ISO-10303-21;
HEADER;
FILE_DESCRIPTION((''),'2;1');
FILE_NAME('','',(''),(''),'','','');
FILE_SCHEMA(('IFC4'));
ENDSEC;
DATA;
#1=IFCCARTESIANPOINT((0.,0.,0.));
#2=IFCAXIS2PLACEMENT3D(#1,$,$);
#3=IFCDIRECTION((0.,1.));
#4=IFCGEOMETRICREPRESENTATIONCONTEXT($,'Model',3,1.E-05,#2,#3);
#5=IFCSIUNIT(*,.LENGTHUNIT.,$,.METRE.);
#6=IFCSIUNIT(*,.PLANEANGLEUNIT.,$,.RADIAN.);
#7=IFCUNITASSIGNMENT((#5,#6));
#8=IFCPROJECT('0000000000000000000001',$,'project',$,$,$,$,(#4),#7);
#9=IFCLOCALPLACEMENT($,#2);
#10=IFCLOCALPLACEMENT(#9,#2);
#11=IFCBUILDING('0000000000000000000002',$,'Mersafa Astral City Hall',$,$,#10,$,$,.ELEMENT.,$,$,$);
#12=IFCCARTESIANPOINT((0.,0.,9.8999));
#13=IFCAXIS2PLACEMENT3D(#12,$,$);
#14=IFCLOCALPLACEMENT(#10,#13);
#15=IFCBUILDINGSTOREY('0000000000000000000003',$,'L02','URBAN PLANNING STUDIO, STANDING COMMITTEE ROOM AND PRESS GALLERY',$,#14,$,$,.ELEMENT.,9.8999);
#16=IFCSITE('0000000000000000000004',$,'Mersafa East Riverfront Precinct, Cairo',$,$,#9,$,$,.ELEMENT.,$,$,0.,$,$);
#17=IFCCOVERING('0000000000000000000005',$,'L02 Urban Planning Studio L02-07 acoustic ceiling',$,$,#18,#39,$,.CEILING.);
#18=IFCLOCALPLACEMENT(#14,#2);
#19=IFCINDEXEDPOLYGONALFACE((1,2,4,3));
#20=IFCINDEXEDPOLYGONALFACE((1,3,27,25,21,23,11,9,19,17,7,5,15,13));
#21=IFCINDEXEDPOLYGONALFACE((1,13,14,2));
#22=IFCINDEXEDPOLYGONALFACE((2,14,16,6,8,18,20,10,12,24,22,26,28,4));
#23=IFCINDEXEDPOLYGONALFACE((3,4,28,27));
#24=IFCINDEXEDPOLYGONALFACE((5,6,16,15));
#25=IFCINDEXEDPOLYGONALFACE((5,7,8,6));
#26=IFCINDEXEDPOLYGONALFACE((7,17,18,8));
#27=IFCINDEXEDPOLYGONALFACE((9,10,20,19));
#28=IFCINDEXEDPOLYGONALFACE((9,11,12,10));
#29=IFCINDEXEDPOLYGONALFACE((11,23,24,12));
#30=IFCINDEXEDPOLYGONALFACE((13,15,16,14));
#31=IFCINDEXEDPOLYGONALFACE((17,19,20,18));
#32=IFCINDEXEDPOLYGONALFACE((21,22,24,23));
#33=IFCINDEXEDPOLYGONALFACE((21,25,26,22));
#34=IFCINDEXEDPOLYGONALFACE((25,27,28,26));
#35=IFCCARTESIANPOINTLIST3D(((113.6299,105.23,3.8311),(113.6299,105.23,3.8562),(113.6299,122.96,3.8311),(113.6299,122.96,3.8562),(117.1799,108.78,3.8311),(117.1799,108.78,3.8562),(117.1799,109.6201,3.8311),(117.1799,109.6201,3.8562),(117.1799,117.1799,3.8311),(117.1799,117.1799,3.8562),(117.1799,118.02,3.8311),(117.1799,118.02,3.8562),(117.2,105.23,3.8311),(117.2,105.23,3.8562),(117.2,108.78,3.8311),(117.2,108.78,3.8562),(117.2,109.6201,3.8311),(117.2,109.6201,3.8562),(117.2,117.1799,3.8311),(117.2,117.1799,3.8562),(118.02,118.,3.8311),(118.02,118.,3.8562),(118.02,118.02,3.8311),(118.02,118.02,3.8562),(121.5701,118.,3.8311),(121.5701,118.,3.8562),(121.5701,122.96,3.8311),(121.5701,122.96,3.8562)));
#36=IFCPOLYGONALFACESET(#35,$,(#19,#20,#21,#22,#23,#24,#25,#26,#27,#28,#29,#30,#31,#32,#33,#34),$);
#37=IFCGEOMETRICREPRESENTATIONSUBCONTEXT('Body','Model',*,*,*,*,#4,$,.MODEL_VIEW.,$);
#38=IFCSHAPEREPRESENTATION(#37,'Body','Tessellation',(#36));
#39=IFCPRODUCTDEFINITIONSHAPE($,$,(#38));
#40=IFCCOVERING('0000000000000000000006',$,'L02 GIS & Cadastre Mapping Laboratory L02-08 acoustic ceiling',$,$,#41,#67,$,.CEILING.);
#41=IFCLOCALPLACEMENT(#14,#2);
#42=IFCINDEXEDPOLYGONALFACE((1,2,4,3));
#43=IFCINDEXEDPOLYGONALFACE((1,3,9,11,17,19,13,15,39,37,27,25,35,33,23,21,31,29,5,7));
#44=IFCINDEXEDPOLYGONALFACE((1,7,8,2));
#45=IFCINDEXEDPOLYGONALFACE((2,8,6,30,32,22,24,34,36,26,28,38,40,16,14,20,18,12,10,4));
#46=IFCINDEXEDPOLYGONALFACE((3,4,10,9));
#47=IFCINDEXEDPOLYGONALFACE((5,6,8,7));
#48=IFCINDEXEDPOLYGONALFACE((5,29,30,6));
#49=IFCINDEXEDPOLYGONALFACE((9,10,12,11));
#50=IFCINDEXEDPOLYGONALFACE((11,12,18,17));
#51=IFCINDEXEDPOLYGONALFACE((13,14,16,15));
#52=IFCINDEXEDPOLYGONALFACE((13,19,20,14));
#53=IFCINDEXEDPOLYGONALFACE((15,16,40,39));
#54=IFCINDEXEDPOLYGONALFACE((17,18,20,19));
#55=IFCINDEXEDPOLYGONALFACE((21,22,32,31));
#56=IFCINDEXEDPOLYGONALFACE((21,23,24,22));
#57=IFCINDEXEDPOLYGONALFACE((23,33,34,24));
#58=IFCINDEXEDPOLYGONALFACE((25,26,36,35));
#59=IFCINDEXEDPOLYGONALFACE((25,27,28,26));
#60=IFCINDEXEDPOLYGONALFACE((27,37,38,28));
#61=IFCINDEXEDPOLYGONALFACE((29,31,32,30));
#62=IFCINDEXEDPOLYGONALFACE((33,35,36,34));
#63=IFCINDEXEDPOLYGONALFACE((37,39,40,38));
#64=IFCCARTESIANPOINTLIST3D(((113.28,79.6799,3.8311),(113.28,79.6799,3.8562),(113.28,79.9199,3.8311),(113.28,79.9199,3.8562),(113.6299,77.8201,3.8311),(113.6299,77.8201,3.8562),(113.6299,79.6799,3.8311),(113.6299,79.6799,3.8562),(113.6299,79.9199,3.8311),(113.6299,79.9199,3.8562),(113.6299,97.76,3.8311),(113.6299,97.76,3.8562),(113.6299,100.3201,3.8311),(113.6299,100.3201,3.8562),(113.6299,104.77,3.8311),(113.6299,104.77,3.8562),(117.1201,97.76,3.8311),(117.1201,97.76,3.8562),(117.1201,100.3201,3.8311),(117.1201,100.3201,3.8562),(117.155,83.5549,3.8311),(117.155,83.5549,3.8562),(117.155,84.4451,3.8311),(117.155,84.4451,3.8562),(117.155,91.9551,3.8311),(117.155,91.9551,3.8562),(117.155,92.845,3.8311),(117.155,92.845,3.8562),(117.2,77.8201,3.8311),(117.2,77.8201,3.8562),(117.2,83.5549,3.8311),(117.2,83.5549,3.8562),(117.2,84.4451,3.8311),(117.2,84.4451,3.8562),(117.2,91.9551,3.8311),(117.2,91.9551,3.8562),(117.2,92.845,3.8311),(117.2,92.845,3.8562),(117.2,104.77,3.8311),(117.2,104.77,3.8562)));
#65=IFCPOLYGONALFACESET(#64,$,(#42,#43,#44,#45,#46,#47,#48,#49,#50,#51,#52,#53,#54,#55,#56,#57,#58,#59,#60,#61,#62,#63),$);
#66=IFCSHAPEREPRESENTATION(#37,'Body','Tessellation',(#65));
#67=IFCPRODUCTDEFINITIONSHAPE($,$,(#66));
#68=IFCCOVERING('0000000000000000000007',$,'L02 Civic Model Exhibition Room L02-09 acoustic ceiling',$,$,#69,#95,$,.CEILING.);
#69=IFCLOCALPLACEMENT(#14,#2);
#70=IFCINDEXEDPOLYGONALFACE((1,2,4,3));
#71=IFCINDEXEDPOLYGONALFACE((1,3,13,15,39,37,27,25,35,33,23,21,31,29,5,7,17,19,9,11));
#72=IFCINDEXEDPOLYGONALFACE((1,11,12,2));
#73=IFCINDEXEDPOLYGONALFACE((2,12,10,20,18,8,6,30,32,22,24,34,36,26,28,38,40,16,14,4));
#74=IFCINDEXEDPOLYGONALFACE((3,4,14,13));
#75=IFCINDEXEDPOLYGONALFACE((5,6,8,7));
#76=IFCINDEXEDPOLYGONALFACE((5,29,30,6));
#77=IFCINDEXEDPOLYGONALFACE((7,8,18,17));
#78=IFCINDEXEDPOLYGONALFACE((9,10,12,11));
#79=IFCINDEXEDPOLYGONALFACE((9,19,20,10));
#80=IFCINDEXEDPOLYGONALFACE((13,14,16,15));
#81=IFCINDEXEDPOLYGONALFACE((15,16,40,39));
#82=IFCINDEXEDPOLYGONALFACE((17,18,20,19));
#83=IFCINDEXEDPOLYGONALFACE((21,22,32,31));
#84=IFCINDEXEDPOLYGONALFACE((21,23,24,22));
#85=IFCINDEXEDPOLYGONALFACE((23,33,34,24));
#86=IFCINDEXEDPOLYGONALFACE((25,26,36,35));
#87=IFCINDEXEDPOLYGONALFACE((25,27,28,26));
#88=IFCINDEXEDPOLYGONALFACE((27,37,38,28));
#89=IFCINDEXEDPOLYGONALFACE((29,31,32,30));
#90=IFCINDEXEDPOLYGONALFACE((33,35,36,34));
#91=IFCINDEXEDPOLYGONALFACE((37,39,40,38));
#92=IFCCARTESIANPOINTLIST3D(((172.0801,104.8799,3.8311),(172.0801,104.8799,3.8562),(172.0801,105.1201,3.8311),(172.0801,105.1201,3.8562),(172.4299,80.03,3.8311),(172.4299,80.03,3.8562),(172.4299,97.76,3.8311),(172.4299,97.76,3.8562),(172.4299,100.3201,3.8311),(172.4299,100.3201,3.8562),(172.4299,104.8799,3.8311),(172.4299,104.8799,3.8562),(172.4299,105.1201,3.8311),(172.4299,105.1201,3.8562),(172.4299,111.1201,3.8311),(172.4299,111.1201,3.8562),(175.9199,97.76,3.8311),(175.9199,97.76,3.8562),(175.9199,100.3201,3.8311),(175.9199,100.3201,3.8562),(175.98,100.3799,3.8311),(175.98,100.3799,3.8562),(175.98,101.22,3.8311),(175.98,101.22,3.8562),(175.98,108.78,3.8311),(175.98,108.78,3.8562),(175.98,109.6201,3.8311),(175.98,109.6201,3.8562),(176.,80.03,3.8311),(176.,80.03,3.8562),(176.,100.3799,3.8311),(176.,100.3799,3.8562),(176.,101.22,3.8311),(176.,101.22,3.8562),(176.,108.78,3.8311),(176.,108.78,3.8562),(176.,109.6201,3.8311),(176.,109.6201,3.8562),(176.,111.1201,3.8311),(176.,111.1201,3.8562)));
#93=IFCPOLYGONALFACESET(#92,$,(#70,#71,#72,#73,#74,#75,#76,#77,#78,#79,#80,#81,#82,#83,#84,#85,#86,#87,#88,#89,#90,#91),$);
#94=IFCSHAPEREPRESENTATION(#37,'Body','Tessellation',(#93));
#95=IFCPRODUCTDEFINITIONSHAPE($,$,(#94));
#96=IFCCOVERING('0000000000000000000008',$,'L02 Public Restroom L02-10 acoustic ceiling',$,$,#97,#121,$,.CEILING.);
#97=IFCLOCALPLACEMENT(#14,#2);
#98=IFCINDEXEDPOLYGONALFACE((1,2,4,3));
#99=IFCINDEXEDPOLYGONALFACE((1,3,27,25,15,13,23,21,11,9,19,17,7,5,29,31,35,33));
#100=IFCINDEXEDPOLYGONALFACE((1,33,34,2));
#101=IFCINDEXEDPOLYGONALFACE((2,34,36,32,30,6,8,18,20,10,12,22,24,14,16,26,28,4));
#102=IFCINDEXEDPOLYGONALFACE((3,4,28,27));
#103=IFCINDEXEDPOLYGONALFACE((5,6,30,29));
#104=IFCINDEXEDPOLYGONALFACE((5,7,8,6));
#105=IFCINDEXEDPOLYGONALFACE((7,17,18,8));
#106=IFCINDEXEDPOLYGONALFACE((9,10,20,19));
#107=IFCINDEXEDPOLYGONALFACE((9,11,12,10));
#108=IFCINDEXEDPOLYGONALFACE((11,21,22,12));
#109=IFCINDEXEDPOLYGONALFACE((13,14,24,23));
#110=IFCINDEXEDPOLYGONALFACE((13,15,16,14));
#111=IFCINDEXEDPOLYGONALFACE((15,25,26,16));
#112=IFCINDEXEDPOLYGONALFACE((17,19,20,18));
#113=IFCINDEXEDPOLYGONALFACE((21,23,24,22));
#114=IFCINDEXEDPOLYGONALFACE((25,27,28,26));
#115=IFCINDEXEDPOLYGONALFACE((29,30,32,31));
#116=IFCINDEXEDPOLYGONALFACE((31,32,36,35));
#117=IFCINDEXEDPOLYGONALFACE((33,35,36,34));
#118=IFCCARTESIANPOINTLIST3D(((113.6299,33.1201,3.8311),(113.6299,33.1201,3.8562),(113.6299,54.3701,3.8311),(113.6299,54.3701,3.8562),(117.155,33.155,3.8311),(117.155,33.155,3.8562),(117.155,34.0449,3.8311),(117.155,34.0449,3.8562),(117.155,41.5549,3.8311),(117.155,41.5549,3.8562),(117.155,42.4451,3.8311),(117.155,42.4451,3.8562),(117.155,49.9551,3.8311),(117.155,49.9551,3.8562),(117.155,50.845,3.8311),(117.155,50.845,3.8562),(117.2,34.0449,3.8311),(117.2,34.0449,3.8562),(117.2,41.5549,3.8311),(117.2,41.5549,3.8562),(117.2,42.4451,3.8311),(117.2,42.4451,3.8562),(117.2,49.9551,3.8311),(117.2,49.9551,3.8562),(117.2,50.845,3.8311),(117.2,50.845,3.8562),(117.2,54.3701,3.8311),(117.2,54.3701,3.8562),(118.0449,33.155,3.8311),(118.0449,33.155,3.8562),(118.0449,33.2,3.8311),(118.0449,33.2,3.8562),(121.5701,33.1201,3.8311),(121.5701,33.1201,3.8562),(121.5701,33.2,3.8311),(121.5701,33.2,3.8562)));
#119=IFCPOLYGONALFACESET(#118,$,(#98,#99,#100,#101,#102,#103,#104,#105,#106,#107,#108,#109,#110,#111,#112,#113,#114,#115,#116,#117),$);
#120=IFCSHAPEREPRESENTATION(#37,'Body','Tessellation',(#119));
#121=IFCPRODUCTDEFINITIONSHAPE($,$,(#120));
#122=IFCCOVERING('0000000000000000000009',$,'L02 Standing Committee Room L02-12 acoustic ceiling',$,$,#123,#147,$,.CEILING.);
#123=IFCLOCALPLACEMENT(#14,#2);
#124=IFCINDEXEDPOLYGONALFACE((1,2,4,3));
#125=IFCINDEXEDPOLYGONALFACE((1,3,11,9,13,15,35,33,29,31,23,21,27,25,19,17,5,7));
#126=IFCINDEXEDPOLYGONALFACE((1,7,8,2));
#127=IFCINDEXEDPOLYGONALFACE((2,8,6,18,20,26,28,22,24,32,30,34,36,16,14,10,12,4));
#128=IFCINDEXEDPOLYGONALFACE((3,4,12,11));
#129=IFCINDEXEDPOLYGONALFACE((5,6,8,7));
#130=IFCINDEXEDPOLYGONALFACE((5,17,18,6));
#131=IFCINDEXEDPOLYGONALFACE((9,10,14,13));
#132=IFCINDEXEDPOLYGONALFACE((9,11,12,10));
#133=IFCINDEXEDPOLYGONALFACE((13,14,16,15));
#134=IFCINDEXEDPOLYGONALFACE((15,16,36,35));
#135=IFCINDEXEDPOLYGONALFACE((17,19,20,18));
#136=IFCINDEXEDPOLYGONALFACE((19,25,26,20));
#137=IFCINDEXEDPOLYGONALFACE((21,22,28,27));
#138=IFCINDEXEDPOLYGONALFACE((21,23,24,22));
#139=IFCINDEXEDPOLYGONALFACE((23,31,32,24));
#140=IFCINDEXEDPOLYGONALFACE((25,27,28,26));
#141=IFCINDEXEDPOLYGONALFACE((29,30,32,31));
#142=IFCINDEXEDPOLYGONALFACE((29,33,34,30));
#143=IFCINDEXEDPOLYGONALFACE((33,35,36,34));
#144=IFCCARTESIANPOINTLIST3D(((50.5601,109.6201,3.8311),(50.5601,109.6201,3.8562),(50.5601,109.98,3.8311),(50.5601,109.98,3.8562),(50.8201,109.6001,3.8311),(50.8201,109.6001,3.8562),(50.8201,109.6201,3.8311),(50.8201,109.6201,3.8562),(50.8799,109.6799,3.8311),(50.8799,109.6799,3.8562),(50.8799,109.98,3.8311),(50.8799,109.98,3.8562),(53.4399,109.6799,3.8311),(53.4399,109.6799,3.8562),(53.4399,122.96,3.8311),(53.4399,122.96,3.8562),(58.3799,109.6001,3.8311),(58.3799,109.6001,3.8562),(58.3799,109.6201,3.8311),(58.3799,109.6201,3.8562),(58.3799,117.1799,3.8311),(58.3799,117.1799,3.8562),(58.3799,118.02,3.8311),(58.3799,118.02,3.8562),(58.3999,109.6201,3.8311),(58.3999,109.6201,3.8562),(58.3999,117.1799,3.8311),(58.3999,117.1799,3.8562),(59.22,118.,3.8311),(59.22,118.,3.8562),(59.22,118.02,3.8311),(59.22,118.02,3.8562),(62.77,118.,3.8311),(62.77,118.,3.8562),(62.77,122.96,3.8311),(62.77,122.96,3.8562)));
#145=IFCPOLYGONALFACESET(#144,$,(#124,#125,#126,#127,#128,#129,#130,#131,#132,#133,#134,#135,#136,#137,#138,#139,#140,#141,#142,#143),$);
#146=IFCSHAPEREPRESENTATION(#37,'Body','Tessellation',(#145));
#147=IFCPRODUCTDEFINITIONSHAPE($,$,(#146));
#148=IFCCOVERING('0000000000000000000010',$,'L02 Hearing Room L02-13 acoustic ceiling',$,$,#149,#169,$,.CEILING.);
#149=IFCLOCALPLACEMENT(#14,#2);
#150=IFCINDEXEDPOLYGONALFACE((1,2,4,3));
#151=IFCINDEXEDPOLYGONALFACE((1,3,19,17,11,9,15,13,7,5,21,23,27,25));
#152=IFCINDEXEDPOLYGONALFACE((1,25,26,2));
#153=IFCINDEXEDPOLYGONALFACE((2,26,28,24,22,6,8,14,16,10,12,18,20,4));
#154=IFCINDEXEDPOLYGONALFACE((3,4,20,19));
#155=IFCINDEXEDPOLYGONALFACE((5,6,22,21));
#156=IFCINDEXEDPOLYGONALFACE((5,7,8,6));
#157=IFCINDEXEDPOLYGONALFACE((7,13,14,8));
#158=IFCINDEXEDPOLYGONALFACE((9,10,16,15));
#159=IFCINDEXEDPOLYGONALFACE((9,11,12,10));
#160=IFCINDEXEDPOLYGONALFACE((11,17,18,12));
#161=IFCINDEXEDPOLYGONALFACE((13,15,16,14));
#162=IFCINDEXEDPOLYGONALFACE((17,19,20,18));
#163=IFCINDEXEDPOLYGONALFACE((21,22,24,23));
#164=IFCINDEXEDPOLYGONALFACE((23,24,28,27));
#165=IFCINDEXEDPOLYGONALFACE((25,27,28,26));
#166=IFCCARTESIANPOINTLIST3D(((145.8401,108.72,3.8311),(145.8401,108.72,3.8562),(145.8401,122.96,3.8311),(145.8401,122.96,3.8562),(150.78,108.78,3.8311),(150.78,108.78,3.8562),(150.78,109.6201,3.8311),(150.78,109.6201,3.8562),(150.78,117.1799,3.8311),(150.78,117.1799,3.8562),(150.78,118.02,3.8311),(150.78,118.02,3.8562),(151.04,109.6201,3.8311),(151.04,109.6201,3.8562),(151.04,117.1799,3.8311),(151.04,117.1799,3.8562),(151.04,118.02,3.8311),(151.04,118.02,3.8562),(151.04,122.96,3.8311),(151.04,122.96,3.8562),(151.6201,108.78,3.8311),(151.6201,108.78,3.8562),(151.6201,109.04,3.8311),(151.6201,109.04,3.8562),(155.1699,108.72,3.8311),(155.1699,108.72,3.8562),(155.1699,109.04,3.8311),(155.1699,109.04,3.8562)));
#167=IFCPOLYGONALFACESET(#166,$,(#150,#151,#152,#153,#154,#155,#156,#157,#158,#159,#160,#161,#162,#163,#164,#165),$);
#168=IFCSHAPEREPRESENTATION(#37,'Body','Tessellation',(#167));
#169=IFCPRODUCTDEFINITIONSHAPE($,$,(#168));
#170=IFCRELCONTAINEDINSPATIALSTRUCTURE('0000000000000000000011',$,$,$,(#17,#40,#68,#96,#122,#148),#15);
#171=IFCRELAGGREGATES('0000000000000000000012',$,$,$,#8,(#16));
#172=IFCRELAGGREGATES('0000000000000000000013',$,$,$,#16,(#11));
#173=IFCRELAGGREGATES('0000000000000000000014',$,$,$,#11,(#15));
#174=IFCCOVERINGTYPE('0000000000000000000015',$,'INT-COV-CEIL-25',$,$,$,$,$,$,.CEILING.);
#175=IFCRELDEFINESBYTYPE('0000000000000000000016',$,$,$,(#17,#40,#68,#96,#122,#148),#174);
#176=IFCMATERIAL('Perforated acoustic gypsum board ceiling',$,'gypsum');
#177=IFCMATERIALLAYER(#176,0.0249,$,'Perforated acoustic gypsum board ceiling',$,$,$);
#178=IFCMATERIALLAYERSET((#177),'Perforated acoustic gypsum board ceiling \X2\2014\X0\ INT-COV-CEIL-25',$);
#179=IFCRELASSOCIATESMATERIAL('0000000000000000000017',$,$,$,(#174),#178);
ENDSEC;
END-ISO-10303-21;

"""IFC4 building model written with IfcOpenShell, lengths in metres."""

from ifc_helpers import new_model, si_unit, direction, frame, origin, place, context, subcontext, project, spatial, polyline, outline, extrude, material, layer, layer_set, type_object, element, save


model = new_model("IFC4")

# Units and contexts
model_context = context("Model", 3, precision=1e-05, world=origin(), true_north=direction((0.0, 1.0)))
body_context = subcontext(model_context, "Body", "Model", "MODEL_VIEW")
ifc_project = project(units=[si_unit("LENGTHUNIT", "METRE"), si_unit("PLANEANGLEUNIT", "RADIAN")], contexts=[model_context])

# Site, building, storey
site_placement = place(None, origin())
site = spatial("IfcSite", under=ifc_project, at=site_placement, Name="Mersafa East Riverfront Precinct, Cairo", CompositionType="ELEMENT", RefElevation=0.0)
building_placement = place(site_placement, origin())
building = spatial("IfcBuilding", under=site, at=building_placement, Name="Mersafa Astral City Hall", CompositionType="ELEMENT")
storey_placement = place(building_placement, frame((0.0, 0.0, 9.8999)))
storey = spatial("IfcBuildingStorey", under=building, at=storey_placement, Name="L02", Description="URBAN PLANNING STUDIO, STANDING COMMITTEE ROOM AND PRESS GALLERY", CompositionType="ELEMENT", Elevation=9.8999)

# Coverings
ifc_material_1 = material(Name="Perforated acoustic gypsum board ceiling", Category="gypsum")
ifc_layer_1 = layer(ifc_material_1, 0.0249, Name="Perforated acoustic gypsum board ceiling")
ifc_layer_set_1 = layer_set([ifc_layer_1], Name="Perforated acoustic gypsum board ceiling — INT-COV-CEIL-25")
covering_type_1 = type_object("IfcCoveringType", Name="INT-COV-CEIL-25", PredefinedType="CEILING", material=ifc_layer_set_1)
covering_1_placement = place(storey_placement, frame((0.0, 0.0, 3.8311)))
element("IfcCovering", 1, at=covering_1_placement, inside=storey, type_object=covering_type_1, Name="L02 Urban Planning Studio L02-07 acoustic ceiling", PredefinedType="CEILING", context=body_context, shape_type="SweptSolid", body=[
    extrude(outline(polyline([(113.6299, 122.96), (121.5701, 122.96), (121.5701, 118.0), (118.02, 118.0), (118.02, 118.02), (117.1799, 118.02), (117.1799, 117.1799), (117.2, 117.1799), (117.2, 109.6201), (117.1799, 109.6201), (117.1799, 108.78), (117.2, 108.78), (117.2, 105.23), (113.6299, 105.23), (113.6299, 122.96)])), origin(), (0.0, 0.0, 1.0), 0.0251),
])
covering_2_placement = place(storey_placement, frame((0.0, 0.0, 3.8311)))
element("IfcCovering", 2, at=covering_2_placement, inside=storey, type_object=covering_type_1, Name="L02 GIS & Cadastre Mapping Laboratory L02-08 acoustic ceiling", PredefinedType="CEILING", context=body_context, shape_type="SweptSolid", body=[
    extrude(outline(polyline([(113.28, 79.9199), (113.6299, 79.9199), (113.6299, 97.76), (117.1201, 97.76), (117.1201, 100.3201), (113.6299, 100.3201), (113.6299, 104.77), (117.2, 104.77), (117.2, 92.845), (117.155, 92.845), (117.155, 91.9551), (117.2, 91.9551), (117.2, 84.4451), (117.155, 84.4451), (117.155, 83.5549), (117.2, 83.5549), (117.2, 77.8201), (113.6299, 77.8201), (113.6299, 79.6799), (113.28, 79.6799), (113.28, 79.9199)])), origin(), (0.0, 0.0, 1.0), 0.0251),
])
covering_3_placement = place(storey_placement, frame((0.0, 0.0, 3.8311)))
element("IfcCovering", 3, at=covering_3_placement, inside=storey, type_object=covering_type_1, Name="L02 Civic Model Exhibition Room L02-09 acoustic ceiling", PredefinedType="CEILING", context=body_context, shape_type="SweptSolid", body=[
    extrude(outline(polyline([(175.9199, 100.3201), (172.4299, 100.3201), (172.4299, 104.8799), (172.0801, 104.8799), (172.0801, 105.1201), (172.4299, 105.1201), (172.4299, 111.1201), (176.0, 111.1201), (176.0, 109.6201), (175.98, 109.6201), (175.98, 108.78), (176.0, 108.78), (176.0, 101.22), (175.98, 101.22), (175.98, 100.3799), (176.0, 100.3799), (176.0, 80.03), (172.4299, 80.03), (172.4299, 97.76), (175.9199, 97.76), (175.9199, 100.3201)])), origin(), (0.0, 0.0, 1.0), 0.0251),
])
covering_4_placement = place(storey_placement, frame((0.0, 0.0, 3.8311)))
element("IfcCovering", 4, at=covering_4_placement, inside=storey, type_object=covering_type_1, Name="L02 Public Restroom L02-10 acoustic ceiling", PredefinedType="CEILING", context=body_context, shape_type="SweptSolid", body=[
    extrude(outline(polyline([(117.2, 54.3701), (117.2, 50.845), (117.155, 50.845), (117.155, 49.9551), (117.2, 49.9551), (117.2, 42.4451), (117.155, 42.4451), (117.155, 41.5549), (117.2, 41.5549), (117.2, 34.0449), (117.155, 34.0449), (117.155, 33.155), (118.0449, 33.155), (118.0449, 33.2), (121.5701, 33.2), (121.5701, 33.1201), (113.6299, 33.1201), (113.6299, 54.3701), (117.2, 54.3701)])), origin(), (0.0, 0.0, 1.0), 0.0251),
])
covering_5_placement = place(storey_placement, frame((0.0, 0.0, 3.8311)))
element("IfcCovering", 5, at=covering_5_placement, inside=storey, type_object=covering_type_1, Name="L02 Standing Committee Room L02-12 acoustic ceiling", PredefinedType="CEILING", context=body_context, shape_type="SweptSolid", body=[
    extrude(outline(polyline([(50.8201, 109.6201), (50.5601, 109.6201), (50.5601, 109.98), (50.8799, 109.98), (50.8799, 109.6799), (53.4399, 109.6799), (53.4399, 122.96), (62.77, 122.96), (62.77, 118.0), (59.22, 118.0), (59.22, 118.02), (58.3799, 118.02), (58.3799, 117.1799), (58.3999, 117.1799), (58.3999, 109.6201), (58.3799, 109.6201), (58.3799, 109.6001), (50.8201, 109.6001), (50.8201, 109.6201)])), origin(), (0.0, 0.0, 1.0), 0.0251),
])
covering_6_placement = place(storey_placement, frame((0.0, 0.0, 3.8311)))
element("IfcCovering", 6, at=covering_6_placement, inside=storey, type_object=covering_type_1, Name="L02 Hearing Room L02-13 acoustic ceiling", PredefinedType="CEILING", context=body_context, shape_type="SweptSolid", body=[
    extrude(outline(polyline([(151.04, 118.02), (150.78, 118.02), (150.78, 117.1799), (151.04, 117.1799), (151.04, 109.6201), (150.78, 109.6201), (150.78, 108.78), (151.6201, 108.78), (151.6201, 109.04), (155.1699, 109.04), (155.1699, 108.72), (145.8401, 108.72), (145.8401, 122.96), (151.04, 122.96), (151.04, 118.02)])), origin(), (0.0, 0.0, 1.0), 0.0251),
])

save(model, "model.ifc")
